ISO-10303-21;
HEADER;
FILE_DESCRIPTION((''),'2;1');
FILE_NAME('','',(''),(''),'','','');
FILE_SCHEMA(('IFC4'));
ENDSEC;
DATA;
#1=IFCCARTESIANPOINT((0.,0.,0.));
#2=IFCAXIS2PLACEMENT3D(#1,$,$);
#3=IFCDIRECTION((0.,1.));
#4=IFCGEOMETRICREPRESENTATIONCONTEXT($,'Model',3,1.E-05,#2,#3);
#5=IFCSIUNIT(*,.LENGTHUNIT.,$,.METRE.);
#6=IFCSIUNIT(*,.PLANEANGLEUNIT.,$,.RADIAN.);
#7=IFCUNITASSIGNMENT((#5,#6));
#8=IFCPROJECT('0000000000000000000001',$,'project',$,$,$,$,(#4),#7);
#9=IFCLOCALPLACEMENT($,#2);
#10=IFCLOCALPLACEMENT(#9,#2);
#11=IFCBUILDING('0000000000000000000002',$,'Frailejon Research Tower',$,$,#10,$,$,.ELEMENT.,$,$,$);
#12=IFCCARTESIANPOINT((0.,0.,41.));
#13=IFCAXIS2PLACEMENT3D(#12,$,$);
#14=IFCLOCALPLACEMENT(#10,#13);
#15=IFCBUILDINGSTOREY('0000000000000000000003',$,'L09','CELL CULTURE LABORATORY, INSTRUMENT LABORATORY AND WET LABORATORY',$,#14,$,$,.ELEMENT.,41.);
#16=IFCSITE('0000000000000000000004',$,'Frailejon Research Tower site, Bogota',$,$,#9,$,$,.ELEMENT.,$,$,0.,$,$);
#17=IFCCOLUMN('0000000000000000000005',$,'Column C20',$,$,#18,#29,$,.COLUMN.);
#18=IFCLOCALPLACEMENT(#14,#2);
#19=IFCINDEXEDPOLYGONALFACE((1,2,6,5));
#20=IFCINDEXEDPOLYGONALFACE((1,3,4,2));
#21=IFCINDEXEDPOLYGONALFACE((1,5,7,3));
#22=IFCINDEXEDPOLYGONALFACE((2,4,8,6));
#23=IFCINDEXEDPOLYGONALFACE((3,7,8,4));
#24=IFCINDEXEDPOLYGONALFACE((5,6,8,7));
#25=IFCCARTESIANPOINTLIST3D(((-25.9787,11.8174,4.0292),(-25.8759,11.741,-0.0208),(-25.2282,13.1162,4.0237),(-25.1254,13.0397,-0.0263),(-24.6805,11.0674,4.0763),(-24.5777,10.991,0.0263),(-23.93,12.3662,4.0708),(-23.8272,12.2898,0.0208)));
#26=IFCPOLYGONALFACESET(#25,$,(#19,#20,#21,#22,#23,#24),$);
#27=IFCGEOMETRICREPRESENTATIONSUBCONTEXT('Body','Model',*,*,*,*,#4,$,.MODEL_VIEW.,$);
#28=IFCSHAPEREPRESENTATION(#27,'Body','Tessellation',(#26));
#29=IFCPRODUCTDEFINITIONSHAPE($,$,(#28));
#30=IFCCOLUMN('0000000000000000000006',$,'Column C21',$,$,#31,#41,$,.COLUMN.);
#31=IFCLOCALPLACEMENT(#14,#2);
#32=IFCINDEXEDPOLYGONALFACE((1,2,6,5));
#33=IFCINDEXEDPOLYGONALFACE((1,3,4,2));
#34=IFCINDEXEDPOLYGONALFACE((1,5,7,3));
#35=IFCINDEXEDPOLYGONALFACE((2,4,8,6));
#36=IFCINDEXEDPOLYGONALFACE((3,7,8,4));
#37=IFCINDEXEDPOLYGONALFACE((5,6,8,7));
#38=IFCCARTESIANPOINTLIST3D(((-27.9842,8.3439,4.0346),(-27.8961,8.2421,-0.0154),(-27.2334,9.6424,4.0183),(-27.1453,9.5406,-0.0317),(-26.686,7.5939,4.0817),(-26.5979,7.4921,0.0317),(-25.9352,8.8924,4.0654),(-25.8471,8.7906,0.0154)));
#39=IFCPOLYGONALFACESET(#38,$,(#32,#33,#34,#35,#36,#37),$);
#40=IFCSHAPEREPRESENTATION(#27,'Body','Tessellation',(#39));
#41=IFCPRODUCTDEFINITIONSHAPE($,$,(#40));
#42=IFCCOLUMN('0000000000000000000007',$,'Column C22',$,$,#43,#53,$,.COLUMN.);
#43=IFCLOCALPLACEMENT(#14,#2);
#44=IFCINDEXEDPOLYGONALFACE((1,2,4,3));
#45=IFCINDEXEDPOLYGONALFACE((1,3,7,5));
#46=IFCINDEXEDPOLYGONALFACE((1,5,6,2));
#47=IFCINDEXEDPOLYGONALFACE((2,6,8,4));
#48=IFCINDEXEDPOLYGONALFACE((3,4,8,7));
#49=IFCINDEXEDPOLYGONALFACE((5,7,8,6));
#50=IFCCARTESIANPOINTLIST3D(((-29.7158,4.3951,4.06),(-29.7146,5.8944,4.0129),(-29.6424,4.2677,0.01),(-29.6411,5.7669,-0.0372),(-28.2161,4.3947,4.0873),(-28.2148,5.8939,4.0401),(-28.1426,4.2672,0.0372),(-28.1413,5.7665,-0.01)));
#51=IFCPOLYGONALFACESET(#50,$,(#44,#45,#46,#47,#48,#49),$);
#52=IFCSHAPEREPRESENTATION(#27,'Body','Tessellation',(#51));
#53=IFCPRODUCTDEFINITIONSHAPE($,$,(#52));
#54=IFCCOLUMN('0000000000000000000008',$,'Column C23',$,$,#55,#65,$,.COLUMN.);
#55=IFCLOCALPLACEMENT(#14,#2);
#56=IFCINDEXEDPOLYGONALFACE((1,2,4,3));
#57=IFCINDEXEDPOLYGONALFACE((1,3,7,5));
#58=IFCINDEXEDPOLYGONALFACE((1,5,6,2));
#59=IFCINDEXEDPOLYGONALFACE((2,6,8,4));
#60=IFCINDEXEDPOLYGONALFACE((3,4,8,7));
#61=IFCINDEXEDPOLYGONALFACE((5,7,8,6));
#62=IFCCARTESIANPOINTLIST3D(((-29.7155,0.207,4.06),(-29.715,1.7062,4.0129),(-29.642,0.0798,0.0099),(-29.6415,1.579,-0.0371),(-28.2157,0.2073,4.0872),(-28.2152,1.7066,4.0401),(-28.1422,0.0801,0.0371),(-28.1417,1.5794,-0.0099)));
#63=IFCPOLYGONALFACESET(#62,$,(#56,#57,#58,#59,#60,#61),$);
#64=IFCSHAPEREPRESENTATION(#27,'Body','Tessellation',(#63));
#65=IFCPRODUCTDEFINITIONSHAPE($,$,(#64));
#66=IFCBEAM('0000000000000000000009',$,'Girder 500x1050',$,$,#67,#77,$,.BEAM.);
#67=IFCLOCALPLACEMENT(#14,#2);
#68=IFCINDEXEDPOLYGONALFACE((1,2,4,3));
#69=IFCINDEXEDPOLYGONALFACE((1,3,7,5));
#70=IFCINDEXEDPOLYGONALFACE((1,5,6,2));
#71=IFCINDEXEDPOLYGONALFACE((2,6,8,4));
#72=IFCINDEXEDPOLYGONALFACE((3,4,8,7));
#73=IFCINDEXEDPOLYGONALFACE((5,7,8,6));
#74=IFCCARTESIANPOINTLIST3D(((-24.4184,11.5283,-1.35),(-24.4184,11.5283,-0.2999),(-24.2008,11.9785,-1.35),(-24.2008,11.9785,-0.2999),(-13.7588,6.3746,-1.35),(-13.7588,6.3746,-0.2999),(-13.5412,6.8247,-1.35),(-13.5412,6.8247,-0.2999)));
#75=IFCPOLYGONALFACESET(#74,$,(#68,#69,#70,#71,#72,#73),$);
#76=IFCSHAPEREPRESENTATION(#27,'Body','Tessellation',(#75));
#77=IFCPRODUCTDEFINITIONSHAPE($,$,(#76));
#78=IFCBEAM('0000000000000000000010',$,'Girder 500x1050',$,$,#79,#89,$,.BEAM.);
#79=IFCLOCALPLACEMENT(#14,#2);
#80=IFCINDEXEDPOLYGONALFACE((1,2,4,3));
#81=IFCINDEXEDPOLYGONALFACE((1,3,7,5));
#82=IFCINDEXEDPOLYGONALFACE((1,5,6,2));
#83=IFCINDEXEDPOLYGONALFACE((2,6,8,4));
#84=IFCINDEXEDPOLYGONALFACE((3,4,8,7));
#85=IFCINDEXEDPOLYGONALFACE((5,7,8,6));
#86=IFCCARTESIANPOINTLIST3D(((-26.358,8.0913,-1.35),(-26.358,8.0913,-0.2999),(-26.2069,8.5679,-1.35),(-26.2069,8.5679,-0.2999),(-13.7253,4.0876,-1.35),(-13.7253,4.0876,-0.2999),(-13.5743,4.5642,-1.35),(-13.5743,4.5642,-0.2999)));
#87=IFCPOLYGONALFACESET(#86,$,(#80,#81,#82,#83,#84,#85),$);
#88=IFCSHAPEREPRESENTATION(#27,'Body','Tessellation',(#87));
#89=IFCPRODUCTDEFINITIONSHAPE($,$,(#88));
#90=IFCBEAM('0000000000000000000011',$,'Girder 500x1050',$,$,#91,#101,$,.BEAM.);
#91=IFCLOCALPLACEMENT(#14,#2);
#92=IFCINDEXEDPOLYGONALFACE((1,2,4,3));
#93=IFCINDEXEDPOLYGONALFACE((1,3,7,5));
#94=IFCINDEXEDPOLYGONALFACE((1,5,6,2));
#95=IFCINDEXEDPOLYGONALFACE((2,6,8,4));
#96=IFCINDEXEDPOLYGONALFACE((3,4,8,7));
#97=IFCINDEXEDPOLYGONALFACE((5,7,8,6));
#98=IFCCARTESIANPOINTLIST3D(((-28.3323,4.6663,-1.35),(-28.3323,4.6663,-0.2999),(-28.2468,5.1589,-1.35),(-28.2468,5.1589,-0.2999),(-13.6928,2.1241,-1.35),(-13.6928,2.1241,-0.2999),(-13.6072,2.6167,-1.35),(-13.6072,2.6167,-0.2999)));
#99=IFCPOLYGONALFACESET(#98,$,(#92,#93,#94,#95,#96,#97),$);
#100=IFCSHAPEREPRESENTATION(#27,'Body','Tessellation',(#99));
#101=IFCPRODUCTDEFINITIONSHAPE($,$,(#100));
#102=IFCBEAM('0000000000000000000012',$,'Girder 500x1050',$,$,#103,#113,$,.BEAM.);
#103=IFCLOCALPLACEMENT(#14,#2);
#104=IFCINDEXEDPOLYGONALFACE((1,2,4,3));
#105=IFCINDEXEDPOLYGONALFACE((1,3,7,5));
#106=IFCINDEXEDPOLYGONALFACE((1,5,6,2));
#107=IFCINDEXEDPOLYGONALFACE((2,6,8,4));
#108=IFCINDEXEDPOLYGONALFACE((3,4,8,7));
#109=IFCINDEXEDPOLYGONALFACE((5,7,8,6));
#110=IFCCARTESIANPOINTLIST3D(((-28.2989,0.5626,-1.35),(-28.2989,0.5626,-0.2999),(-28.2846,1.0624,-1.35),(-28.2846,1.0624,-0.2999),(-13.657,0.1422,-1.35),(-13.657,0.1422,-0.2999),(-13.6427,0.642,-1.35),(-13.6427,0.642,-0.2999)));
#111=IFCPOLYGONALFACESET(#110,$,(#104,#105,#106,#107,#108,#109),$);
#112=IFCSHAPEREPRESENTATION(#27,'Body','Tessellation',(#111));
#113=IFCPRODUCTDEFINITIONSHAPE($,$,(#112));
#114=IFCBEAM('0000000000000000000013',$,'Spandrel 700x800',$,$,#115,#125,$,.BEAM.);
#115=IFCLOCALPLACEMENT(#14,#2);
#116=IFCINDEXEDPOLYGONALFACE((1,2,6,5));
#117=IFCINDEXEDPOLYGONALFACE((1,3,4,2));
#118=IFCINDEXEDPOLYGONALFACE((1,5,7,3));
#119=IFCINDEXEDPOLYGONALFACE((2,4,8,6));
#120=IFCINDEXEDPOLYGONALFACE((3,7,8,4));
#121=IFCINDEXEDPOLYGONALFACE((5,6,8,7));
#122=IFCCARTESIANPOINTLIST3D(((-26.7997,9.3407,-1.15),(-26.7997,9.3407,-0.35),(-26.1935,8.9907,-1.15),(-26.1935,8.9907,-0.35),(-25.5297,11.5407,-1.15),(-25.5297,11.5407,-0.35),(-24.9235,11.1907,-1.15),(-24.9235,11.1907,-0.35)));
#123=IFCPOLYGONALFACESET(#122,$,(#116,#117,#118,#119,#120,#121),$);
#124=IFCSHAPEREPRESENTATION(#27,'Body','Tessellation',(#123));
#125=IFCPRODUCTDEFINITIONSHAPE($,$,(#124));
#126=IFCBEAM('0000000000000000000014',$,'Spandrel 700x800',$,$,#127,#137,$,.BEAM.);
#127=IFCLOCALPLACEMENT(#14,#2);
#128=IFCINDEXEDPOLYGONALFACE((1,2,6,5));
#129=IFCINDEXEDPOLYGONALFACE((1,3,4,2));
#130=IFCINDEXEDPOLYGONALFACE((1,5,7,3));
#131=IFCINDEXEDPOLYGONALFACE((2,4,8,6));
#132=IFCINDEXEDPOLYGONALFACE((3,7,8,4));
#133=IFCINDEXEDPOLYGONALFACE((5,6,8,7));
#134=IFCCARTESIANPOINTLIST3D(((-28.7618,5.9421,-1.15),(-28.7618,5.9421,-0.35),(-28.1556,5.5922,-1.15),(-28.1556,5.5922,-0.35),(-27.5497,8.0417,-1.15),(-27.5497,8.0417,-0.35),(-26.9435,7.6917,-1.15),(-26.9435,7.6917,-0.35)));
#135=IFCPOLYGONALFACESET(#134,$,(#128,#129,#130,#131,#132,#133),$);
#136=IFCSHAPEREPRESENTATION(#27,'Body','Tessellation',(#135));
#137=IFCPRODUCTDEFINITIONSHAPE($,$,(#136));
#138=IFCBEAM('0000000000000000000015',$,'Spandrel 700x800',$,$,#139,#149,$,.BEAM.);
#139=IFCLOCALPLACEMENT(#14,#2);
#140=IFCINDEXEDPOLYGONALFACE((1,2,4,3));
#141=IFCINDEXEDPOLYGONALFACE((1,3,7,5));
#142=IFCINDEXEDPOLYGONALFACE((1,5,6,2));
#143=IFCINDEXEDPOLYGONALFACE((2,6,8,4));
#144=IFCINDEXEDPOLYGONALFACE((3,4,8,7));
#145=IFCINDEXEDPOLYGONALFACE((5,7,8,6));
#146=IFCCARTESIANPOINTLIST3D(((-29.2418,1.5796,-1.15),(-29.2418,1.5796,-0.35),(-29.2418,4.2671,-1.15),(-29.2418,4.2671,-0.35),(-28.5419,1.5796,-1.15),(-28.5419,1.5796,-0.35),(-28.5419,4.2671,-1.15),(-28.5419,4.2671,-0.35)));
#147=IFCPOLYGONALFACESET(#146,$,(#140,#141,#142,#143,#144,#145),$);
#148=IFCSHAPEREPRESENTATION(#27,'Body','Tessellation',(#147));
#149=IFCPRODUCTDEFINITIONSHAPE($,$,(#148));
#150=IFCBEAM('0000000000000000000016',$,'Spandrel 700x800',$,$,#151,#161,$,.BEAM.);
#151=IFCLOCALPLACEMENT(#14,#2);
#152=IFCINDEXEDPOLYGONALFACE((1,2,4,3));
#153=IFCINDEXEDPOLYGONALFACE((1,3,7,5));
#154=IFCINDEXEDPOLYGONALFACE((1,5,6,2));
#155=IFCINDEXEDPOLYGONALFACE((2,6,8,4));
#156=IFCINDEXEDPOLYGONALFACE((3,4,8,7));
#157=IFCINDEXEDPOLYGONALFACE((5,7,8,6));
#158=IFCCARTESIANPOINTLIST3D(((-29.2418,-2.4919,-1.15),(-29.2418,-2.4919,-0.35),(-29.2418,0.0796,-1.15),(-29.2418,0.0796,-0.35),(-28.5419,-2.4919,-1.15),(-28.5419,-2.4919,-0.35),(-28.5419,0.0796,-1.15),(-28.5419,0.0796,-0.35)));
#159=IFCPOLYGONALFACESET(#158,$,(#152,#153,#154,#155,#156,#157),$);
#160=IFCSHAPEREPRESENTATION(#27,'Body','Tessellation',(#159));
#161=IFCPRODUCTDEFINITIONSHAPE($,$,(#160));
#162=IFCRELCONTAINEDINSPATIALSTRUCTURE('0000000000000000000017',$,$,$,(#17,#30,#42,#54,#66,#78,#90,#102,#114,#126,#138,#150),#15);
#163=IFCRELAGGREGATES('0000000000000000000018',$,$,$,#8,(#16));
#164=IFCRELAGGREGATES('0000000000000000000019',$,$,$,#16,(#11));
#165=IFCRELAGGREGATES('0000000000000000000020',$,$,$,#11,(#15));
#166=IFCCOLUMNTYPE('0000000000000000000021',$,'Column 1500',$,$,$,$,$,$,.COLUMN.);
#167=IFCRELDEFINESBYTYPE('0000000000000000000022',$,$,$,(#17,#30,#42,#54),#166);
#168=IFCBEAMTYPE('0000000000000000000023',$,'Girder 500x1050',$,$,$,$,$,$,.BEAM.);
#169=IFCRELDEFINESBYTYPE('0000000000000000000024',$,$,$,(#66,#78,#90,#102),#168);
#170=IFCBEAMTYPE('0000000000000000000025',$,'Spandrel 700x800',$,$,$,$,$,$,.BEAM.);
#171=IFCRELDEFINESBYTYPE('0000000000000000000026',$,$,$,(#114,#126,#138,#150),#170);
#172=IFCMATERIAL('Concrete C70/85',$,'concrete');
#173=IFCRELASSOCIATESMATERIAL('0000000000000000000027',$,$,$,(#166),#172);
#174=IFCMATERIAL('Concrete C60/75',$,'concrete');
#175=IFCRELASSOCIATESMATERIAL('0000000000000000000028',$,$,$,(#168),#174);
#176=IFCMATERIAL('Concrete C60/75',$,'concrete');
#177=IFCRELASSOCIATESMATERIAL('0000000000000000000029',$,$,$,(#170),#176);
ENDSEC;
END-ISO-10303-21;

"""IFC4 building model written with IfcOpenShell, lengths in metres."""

from ifc_helpers import new_model, si_unit, direction, frame, origin, origin_2d, place, context, subcontext, project, spatial, rectangle, extrude, material, material_profile, profile_set, type_object, element, save


model = new_model("IFC4")

# Units and contexts
model_context = context("Model", 3, precision=1e-05, world=origin(), true_north=direction((0.0, 1.0)))
body_context = subcontext(model_context, "Body", "Model", "MODEL_VIEW")
ifc_project = project(units=[si_unit("LENGTHUNIT", "METRE"), si_unit("PLANEANGLEUNIT", "RADIAN")], contexts=[model_context])

# Site, building, storey
site_placement = place(None, origin())
site = spatial("IfcSite", under=ifc_project, at=site_placement, Name="Frailejon Research Tower site, Bogota", CompositionType="ELEMENT", RefElevation=0.0)
building_placement = place(site_placement, origin())
building = spatial("IfcBuilding", under=site, at=building_placement, Name="Frailejon Research Tower", CompositionType="ELEMENT")
storey_placement = place(building_placement, frame((0.0, 0.0, 41.0)))
storey = spatial("IfcBuildingStorey", under=building, at=storey_placement, Name="L09", Description="CELL CULTURE LABORATORY, INSTRUMENT LABORATORY AND WET LABORATORY", CompositionType="ELEMENT", Elevation=41.0)

# Columns
ifc_material_1 = material(Name="Concrete C70/85", Category="concrete")
ifc_material_profile_1 = material_profile(ifc_material_1, rectangle(XDim=1.5, YDim=1.5, at=origin_2d()), Name="Column 1500")
ifc_profile_set_1 = profile_set([ifc_material_profile_1], Name="Concrete C70/85")
column_type = type_object("IfcColumnType", Name="Column 1500", PredefinedType="COLUMN", material=ifc_profile_set_1)
column_1_placement = place(storey_placement, frame((-24.8516, 12.0154, 0.0), z_axis=(-0.025366, 0.018858, 0.9995), x_axis=(-0.500322, -0.865832, 0.003639)))
element("IfcColumn", 1, at=column_1_placement, inside=storey, type_object=column_type, Name="Column C20", PredefinedType="COLUMN", context=body_context, shape_type="SweptSolid", body=[
    extrude(rectangle(XDim=1.5, YDim=1.5, at=origin_2d()), origin(), (0.0, 0.0, 1.0), 4.052),
])
column_2_placement = place(storey_placement, frame((-26.8716, 8.5164, 0.0), z_axis=(-0.021749, 0.025123, 0.999448), x_axis=(-0.500502, -0.865667, 0.010869)))
element("IfcColumn", 2, at=column_2_placement, inside=storey, type_object=column_type, Name="Column C21", PredefinedType="COLUMN", context=body_context, shape_type="SweptSolid", body=[
    extrude(rectangle(XDim=1.5, YDim=1.5, at=origin_2d()), origin(), (0.0, 0.0, 1.0), 4.0522),
])
for number, where, z_axis, x_axis, name in (
    (3, (-28.8918, 5.0171, 0.0), (-0.018133, 0.031446, 0.999341), (-0.000853, -0.999505, 0.031436), "Column C22"),
    (4, (-28.8918, 0.8296, 0.0), (-0.018133, 0.031386, 0.999343), (-0.000336, -0.999507, 0.031385), "Column C23"),
):
    element("IfcColumn", number, at=place(storey_placement, frame(where, z_axis=z_axis, x_axis=x_axis)), inside=storey, type_object=column_type, Name=name, PredefinedType="COLUMN", context=body_context, shape_type="SweptSolid", body=[
        extrude(rectangle(XDim=1.5, YDim=1.5, at=origin_2d()), origin(), (0.0, 0.0, 1.0), 4.0527),
    ])

# Beams
ifc_material_2 = material(Name="Concrete C60/75", Category="concrete")
ifc_material_profile_2 = material_profile(ifc_material_2, rectangle(XDim=0.5, YDim=1.05, at=origin_2d()), Name="Girder 500x1050")
ifc_profile_set_2 = profile_set([ifc_material_profile_2], Name="Concrete C60/75")
beam_type_1 = type_object("IfcBeamType", Name="Girder 500x1050", PredefinedType="BEAM", material=ifc_profile_set_2)
beam_1_placement = place(storey_placement, frame((-24.3096, 11.7534, -0.825), z_axis=(0.900295, -0.435281, 0.0), x_axis=(0.435281, 0.900295, 0.0)))
element("IfcBeam", 5, at=beam_1_placement, inside=storey, type_object=beam_type_1, Name="Girder 500x1050", PredefinedType="BEAM", context=body_context, shape_type="SweptSolid", body=[
    extrude(rectangle(XDim=0.5, YDim=1.05, at=origin_2d()), origin(), (0.0, 0.0, 1.0), 11.8401),
])
beam_2_placement = place(storey_placement, frame((-26.2825, 8.3296, -0.825), z_axis=(0.953269, -0.302121, 0.0), x_axis=(0.302121, 0.953269, 0.0)))
element("IfcBeam", 6, at=beam_2_placement, inside=storey, type_object=beam_type_1, Name="Girder 500x1050", PredefinedType="BEAM", context=body_context, shape_type="SweptSolid", body=[
    extrude(rectangle(XDim=0.5, YDim=1.05, at=origin_2d()), origin(), (0.0, 0.0, 1.0), 13.252),
])
beam_3_placement = place(storey_placement, frame((-28.2896, 4.9126, -0.825), z_axis=(0.985255, -0.171094, 0.0), x_axis=(0.171094, 0.985255, 0.0)))
element("IfcBeam", 7, at=beam_3_placement, inside=storey, type_object=beam_type_1, Name="Girder 500x1050", PredefinedType="BEAM", context=body_context, shape_type="SweptSolid", body=[
    extrude(rectangle(XDim=0.5, YDim=1.05, at=origin_2d()), origin(), (0.0, 0.0, 1.0), 14.8586),
])
beam_4_placement = place(storey_placement, frame((-28.2917, 0.8125, -0.825), z_axis=(0.999588, -0.028701, 0.0), x_axis=(0.028701, 0.999588, 0.0)))
element("IfcBeam", 8, at=beam_4_placement, inside=storey, type_object=beam_type_1, Name="Girder 500x1050", PredefinedType="BEAM", context=body_context, shape_type="SweptSolid", body=[
    extrude(rectangle(XDim=0.5, YDim=1.05, at=origin_2d()), origin(), (0.0, 0.0, 1.0), 14.6479),
])
ifc_material_3 = material(Name="Concrete C60/75", Category="concrete")
ifc_material_profile_3 = material_profile(ifc_material_3, rectangle(XDim=0.7, YDim=0.8, at=origin_2d()), Name="Spandrel 700x800")
ifc_profile_set_3 = profile_set([ifc_material_profile_3], Name="Concrete C60/75")
beam_type_2 = type_object("IfcBeamType", Name="Spandrel 700x800", PredefinedType="BEAM", material=ifc_profile_set_3)
beam_5_placement = place(storey_placement, frame((-25.2266, 11.3657, -0.75), z_axis=(-0.499964, -0.866046, 0.0), x_axis=(0.866046, -0.499964, 0.0)))
element("IfcBeam", 9, at=beam_5_placement, inside=storey, type_object=beam_type_2, Name="Spandrel 700x800", PredefinedType="BEAM", context=body_context, shape_type="SweptSolid", body=[
    extrude(rectangle(XDim=0.7, YDim=0.8, at=origin_2d()), origin(), (0.0, 0.0, 1.0), 2.5403),
])
beam_6_placement = place(storey_placement, frame((-27.2466, 7.8667, -0.75), z_axis=(-0.499984, -0.866035, 0.0), x_axis=(0.866035, -0.499984, 0.0)))
element("IfcBeam", 10, at=beam_6_placement, inside=storey, type_object=beam_type_2, Name="Spandrel 700x800", PredefinedType="BEAM", context=body_context, shape_type="SweptSolid", body=[
    extrude(rectangle(XDim=0.7, YDim=0.8, at=origin_2d()), origin(), (0.0, 0.0, 1.0), 2.4243),
])
beam_7_placement = place(storey_placement, frame((-28.8918, 4.2671, -0.75), z_axis=(0.0, -1.0, 0.0), x_axis=(1.0, 0.0, 0.0)))
element("IfcBeam", 11, at=beam_7_placement, inside=storey, type_object=beam_type_2, Name="Spandrel 700x800", PredefinedType="BEAM", context=body_context, shape_type="SweptSolid", body=[
    extrude(rectangle(XDim=0.7, YDim=0.8, at=origin_2d()), origin(), (0.0, 0.0, 1.0), 2.6875),
])
beam_8_placement = place(storey_placement, frame((-28.8918, 0.0796, -0.75), z_axis=(0.0, -1.0, 0.0), x_axis=(1.0, 0.0, 0.0)))
element("IfcBeam", 12, at=beam_8_placement, inside=storey, type_object=beam_type_2, Name="Spandrel 700x800", PredefinedType="BEAM", context=body_context, shape_type="SweptSolid", body=[
    extrude(rectangle(XDim=0.7, YDim=0.8, at=origin_2d()), origin(), (0.0, 0.0, 1.0), 2.5715),
])

save(model, "model.ifc")
